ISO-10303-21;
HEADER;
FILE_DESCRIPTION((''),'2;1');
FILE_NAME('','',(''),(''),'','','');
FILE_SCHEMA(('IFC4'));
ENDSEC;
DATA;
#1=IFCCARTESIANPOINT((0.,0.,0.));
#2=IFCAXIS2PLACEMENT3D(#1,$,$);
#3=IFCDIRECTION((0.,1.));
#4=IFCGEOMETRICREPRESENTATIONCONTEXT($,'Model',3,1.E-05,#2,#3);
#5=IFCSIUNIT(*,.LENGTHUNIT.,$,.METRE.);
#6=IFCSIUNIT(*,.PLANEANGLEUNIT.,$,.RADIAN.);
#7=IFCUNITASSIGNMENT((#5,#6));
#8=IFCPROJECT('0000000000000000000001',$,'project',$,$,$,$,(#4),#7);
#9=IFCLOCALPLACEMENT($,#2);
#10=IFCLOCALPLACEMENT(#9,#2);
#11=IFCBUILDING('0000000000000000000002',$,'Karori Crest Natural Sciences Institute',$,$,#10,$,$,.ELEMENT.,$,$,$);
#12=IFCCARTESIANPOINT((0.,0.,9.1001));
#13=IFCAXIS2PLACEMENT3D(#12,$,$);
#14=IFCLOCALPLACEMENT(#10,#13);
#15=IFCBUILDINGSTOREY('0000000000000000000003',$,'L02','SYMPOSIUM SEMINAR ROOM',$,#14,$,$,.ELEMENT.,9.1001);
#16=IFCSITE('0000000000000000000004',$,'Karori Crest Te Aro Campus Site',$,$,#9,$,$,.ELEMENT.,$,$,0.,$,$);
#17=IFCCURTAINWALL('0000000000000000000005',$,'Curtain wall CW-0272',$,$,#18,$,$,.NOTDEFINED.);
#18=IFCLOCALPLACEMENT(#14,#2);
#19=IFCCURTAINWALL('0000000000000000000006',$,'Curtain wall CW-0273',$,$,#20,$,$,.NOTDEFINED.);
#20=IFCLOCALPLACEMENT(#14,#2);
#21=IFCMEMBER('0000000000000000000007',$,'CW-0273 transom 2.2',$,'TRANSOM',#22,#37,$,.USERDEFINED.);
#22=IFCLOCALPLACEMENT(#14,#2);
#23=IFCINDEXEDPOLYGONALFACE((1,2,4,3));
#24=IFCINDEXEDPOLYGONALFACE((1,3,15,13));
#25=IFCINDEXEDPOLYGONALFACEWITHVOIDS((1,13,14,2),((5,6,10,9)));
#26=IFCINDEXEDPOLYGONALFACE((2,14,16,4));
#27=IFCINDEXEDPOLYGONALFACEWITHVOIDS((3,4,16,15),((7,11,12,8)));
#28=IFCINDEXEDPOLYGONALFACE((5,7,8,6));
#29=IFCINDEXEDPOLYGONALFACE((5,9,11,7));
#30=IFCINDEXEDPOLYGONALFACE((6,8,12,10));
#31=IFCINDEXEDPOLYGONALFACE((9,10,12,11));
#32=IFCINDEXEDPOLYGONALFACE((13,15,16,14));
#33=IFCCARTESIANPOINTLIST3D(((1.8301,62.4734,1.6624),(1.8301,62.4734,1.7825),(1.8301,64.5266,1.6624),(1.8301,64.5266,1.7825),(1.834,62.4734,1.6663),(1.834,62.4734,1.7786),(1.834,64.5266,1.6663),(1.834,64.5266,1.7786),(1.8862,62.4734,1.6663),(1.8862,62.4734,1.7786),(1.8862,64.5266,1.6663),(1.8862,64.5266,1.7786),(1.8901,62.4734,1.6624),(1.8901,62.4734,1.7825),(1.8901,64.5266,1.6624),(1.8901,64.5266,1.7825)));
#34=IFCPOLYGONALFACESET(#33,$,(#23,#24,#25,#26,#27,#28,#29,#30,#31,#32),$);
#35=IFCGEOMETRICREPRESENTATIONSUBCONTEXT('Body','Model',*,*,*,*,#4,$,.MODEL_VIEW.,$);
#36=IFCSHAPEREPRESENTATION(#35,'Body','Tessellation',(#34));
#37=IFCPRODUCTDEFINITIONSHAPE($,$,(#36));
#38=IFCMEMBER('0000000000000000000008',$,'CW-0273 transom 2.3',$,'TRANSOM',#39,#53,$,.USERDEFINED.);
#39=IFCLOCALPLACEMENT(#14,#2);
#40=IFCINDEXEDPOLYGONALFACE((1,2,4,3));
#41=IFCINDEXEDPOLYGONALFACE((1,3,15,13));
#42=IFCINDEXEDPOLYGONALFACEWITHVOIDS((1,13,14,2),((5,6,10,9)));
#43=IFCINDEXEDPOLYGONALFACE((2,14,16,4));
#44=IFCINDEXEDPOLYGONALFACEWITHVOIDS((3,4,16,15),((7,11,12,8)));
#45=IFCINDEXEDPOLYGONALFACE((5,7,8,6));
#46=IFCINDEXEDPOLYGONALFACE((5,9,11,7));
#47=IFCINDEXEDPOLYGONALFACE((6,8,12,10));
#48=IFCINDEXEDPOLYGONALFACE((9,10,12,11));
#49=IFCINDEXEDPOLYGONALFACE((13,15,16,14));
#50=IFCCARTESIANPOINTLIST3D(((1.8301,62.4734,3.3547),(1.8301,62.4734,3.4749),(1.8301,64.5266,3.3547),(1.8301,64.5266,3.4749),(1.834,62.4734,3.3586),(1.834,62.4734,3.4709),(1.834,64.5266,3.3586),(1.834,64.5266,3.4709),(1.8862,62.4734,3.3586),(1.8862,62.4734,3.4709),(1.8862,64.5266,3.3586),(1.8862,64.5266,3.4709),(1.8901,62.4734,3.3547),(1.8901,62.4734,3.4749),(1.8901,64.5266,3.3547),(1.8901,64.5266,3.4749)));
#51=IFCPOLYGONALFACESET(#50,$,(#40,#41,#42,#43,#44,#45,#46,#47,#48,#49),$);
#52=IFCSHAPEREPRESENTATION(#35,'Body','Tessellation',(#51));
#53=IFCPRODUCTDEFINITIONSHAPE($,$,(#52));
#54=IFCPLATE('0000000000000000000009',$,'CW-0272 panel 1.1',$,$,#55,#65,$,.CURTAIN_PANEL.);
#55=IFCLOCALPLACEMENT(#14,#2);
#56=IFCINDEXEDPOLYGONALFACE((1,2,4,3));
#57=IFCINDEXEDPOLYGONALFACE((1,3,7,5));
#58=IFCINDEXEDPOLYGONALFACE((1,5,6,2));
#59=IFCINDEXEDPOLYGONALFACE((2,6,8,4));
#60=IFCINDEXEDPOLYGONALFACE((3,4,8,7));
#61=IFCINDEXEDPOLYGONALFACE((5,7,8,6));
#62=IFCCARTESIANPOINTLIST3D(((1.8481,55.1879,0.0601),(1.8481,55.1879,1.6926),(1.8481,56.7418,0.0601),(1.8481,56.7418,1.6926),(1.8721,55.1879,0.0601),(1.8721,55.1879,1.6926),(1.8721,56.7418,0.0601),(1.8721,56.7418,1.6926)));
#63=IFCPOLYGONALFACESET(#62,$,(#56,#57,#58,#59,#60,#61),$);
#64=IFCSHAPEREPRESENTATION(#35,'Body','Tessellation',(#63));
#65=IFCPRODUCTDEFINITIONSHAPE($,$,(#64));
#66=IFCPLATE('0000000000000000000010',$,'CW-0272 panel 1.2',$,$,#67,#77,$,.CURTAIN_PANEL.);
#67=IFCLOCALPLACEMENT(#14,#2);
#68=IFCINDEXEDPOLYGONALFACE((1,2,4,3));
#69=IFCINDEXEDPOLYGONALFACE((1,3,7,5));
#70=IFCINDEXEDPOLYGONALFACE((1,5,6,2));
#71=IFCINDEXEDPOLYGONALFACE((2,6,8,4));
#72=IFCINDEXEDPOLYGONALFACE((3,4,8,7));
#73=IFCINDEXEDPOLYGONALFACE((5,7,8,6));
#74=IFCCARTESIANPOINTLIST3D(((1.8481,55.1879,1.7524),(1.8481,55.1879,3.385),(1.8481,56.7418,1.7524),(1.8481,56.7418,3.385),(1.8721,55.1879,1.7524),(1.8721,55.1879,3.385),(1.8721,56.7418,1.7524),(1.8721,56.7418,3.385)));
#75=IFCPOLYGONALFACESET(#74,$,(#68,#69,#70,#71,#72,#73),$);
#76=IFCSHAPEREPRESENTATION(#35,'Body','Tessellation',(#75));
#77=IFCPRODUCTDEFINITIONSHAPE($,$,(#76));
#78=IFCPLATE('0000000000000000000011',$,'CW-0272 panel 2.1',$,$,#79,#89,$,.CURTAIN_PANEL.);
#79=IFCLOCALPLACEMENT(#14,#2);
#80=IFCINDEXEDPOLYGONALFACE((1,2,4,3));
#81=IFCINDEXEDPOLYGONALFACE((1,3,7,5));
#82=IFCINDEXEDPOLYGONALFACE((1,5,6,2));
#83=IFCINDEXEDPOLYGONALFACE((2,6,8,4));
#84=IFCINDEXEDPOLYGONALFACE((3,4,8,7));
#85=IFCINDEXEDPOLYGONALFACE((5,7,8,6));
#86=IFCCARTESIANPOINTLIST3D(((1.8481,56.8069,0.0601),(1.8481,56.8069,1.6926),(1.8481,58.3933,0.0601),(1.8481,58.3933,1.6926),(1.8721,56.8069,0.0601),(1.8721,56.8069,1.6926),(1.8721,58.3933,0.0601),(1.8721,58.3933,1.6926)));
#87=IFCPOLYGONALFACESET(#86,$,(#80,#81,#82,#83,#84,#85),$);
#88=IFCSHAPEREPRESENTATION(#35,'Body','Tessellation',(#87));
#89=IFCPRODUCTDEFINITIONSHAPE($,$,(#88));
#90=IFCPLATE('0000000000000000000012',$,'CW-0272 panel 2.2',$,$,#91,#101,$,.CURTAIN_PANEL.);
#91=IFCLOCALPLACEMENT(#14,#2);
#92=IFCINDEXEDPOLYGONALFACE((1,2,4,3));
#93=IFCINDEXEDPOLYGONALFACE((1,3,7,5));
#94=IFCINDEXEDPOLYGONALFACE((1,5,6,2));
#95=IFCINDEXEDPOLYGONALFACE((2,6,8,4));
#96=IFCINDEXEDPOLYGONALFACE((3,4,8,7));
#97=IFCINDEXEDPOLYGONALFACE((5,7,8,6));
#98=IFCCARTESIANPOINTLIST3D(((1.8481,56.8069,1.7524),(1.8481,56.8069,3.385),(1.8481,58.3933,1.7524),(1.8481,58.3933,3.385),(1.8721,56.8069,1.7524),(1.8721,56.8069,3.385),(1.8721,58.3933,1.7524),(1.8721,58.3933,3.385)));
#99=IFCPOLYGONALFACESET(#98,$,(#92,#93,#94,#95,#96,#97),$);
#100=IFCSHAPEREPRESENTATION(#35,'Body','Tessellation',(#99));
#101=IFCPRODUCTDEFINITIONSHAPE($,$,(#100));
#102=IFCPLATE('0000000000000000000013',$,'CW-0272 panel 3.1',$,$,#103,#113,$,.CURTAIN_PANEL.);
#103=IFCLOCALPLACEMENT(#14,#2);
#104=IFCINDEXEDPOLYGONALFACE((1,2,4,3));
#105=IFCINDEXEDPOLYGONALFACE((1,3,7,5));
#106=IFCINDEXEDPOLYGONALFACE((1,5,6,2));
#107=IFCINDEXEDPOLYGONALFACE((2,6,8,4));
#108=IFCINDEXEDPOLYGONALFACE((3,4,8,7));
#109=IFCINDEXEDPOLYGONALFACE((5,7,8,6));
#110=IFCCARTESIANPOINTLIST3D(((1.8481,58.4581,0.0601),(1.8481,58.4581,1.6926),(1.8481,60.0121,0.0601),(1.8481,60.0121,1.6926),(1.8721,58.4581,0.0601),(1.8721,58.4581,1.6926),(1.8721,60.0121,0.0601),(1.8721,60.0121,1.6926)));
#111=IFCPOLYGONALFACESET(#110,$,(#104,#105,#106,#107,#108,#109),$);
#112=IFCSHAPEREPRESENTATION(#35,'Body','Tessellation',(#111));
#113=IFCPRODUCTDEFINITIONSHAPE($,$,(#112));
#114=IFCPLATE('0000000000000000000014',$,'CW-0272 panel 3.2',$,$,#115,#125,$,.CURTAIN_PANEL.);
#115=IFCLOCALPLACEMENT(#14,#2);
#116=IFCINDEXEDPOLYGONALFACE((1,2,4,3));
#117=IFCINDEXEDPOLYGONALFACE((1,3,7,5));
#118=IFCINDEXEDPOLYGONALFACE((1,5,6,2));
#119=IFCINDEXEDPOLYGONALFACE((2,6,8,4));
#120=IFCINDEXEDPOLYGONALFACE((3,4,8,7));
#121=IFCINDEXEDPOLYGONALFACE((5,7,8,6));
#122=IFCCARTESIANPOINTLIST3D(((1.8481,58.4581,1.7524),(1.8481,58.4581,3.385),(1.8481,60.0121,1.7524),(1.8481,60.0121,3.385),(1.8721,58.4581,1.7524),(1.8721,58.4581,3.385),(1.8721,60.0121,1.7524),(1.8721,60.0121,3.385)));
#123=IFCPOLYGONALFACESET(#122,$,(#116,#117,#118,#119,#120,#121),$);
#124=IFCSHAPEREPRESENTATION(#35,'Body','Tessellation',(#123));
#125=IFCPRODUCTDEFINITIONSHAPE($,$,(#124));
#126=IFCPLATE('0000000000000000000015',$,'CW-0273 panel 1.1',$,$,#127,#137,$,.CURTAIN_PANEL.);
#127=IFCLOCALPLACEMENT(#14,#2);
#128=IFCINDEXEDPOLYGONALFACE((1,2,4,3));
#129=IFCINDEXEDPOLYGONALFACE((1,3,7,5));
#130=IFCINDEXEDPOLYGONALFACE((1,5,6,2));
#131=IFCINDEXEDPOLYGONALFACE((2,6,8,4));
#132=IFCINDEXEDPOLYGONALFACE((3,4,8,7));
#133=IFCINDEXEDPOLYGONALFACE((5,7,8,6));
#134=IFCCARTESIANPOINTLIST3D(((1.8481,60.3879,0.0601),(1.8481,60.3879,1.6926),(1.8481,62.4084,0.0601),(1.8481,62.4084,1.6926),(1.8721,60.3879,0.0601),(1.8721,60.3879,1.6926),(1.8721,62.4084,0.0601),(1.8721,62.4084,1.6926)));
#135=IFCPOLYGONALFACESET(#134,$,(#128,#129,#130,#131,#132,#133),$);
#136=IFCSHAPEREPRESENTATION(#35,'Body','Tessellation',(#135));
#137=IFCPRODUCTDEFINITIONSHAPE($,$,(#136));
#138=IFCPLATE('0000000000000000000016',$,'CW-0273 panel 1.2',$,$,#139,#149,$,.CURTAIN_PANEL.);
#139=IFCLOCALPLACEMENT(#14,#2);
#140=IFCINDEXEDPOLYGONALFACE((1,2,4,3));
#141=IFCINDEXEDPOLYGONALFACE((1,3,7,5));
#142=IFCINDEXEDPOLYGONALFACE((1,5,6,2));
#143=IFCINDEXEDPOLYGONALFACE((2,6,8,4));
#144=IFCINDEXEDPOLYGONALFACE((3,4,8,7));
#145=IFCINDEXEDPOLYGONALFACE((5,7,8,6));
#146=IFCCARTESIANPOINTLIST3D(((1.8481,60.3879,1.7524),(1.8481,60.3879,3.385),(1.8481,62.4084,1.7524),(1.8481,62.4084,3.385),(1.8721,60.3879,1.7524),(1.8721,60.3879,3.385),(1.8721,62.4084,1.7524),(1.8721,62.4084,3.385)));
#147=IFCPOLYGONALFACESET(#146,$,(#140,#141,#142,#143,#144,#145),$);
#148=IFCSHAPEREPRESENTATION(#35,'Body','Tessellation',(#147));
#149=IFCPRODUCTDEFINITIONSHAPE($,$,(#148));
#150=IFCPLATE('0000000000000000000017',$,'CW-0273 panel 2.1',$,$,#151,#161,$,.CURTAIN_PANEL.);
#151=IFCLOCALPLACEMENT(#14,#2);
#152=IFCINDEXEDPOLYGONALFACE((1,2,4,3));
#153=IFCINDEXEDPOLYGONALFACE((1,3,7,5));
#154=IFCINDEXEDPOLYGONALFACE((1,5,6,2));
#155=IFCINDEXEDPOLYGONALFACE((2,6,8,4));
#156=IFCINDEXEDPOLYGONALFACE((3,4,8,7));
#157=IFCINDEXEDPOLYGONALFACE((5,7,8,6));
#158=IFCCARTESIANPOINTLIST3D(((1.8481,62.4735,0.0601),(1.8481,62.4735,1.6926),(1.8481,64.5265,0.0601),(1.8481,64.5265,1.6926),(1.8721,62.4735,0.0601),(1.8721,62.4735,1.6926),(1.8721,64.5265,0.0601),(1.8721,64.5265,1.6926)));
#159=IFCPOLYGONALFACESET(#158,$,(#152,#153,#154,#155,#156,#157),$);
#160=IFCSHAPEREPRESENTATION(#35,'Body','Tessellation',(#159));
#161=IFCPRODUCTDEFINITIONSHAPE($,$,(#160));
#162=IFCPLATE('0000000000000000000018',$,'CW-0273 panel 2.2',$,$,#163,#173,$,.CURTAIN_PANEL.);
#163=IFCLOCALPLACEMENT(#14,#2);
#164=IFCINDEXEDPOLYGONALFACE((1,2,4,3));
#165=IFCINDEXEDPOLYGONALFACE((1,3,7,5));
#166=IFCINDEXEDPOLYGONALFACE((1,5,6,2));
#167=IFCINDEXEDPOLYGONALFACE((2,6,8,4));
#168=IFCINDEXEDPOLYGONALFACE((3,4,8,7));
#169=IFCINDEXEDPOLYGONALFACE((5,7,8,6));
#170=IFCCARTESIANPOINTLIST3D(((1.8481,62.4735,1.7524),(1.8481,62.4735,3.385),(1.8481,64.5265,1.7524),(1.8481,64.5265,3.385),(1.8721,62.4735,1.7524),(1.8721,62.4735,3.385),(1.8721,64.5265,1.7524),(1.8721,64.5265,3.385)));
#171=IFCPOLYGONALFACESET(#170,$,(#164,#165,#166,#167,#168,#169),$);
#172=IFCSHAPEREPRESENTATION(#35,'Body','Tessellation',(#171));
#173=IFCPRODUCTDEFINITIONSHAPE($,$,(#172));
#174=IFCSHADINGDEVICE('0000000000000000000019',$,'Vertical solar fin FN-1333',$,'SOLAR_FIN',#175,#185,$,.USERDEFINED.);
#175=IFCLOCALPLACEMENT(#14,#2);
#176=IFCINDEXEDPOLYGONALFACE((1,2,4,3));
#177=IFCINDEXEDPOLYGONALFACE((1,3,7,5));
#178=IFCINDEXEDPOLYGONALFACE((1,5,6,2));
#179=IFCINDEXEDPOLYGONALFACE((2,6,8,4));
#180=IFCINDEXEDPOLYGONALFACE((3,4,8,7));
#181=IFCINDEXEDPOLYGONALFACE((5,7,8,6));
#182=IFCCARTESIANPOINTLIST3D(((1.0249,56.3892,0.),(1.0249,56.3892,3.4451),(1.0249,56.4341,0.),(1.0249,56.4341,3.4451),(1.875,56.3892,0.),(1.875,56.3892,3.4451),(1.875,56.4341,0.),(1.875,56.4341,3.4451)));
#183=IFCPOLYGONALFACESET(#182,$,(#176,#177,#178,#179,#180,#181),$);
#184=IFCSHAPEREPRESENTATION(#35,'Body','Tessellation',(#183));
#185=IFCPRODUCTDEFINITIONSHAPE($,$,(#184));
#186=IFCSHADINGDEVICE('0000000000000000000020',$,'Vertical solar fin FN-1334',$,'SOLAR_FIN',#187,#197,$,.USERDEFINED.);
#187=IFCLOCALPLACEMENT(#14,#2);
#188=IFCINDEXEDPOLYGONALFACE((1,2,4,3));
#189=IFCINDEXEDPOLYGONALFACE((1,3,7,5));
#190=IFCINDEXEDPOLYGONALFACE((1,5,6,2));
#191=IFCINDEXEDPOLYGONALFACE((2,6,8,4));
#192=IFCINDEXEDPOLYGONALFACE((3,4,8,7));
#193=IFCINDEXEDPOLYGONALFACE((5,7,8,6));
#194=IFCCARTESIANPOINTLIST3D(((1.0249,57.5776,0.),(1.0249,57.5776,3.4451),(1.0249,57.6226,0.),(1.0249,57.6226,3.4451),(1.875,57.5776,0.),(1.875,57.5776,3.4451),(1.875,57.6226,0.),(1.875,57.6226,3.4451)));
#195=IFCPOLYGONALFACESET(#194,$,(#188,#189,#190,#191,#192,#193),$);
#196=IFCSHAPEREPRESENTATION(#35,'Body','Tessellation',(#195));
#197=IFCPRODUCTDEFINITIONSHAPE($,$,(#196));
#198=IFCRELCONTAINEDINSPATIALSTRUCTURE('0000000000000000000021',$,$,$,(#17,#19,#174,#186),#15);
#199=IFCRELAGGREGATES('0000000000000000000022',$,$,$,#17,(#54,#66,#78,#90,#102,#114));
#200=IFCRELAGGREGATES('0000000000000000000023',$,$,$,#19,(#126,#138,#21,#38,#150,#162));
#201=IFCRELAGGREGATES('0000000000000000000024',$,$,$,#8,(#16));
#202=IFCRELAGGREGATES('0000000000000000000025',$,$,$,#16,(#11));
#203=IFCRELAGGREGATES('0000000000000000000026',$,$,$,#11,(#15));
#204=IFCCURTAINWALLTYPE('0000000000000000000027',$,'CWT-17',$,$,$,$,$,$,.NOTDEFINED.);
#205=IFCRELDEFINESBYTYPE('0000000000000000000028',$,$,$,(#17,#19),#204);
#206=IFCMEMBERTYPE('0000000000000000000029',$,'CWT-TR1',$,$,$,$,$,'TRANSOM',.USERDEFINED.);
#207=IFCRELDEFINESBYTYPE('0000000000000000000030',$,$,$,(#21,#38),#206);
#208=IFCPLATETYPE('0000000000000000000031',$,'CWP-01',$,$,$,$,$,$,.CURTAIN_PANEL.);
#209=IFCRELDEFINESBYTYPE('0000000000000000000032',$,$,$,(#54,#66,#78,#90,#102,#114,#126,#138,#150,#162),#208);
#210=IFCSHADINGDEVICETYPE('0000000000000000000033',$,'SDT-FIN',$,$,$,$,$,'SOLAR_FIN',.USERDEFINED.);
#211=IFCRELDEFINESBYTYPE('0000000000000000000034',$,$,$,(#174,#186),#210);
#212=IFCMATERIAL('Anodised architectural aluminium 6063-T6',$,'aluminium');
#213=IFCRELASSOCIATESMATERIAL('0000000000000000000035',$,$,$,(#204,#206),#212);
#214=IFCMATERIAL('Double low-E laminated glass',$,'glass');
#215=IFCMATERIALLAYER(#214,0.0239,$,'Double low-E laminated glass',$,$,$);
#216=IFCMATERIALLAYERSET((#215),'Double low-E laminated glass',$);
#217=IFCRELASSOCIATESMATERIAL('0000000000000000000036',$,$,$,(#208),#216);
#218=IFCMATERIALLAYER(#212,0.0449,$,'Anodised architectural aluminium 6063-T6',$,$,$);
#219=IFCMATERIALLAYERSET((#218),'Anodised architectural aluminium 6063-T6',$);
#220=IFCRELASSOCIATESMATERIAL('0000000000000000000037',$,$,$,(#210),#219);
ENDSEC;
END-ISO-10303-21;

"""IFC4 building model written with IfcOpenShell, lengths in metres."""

from ifc_helpers import new_model, si_unit, direction, frame, origin, origin_2d, place, context, subcontext, project, spatial, rectangle, hollow_rectangle, extrude, material, layer, layer_set, material_profile, profile_set, type_object, element, aggregate, save


model = new_model("IFC4")

# Units and contexts
model_context = context("Model", 3, precision=1e-05, world=origin(), true_north=direction((0.0, 1.0)))
body_context = subcontext(model_context, "Body", "Model", "MODEL_VIEW")
ifc_project = project(units=[si_unit("LENGTHUNIT", "METRE"), si_unit("PLANEANGLEUNIT", "RADIAN")], contexts=[model_context])

# Site, building, storey
site_placement = place(None, origin())
site = spatial("IfcSite", under=ifc_project, at=site_placement, Name="Karori Crest Te Aro Campus Site", CompositionType="ELEMENT", RefElevation=0.0)
building_placement = place(site_placement, origin())
building = spatial("IfcBuilding", under=site, at=building_placement, Name="Karori Crest Natural Sciences Institute", CompositionType="ELEMENT")
storey_placement = place(building_placement, frame((0.0, 0.0, 9.1001)))
storey = spatial("IfcBuildingStorey", under=building, at=storey_placement, Name="L02", Description="SYMPOSIUM SEMINAR ROOM", CompositionType="ELEMENT", Elevation=9.1001)

# Curtain walls
ifc_material_1 = material(Name="Anodised architectural aluminium 6063-T6", Category="aluminium")
curtain_wall_type = type_object("IfcCurtainWallType", Name="CWT-17", PredefinedType="NOTDEFINED", material=ifc_material_1)
curtain_wall_1_placement = place(storey_placement, origin())
curtain_wall_1 = element("IfcCurtainWall", 1, at=curtain_wall_1_placement, inside=storey, type_object=curtain_wall_type, Name="Curtain wall CW-0272", PredefinedType="NOTDEFINED")
curtain_wall_2_placement = place(storey_placement, origin())
curtain_wall_2 = element("IfcCurtainWall", 2, at=curtain_wall_2_placement, inside=storey, type_object=curtain_wall_type, Name="Curtain wall CW-0273", PredefinedType="NOTDEFINED")

# Members
ifc_material_profile_1 = material_profile(ifc_material_1, hollow_rectangle(XDim=0.0601, YDim=0.1201, WallThickness=0.0039, at=origin_2d()), Name="CWT120x60x4")
ifc_profile_set_1 = profile_set([ifc_material_profile_1], Name="Anodised architectural aluminium 6063-T6")
member_type_1 = type_object("IfcMemberType", Name="CWT-TR1", ElementType="TRANSOM", PredefinedType="USERDEFINED", material=ifc_profile_set_1)
member_1_placement = place(storey_placement, frame((1.8601, 62.4734, 1.7224), z_axis=(0.0, 1.0, 0.0), x_axis=(-1.0, 0.0, 0.0)))
member_1 = element("IfcMember", 3, at=member_1_placement, type_object=member_type_1, Name="CW-0273 transom 2.2", ObjectType="TRANSOM", PredefinedType="USERDEFINED", context=body_context, shape_type="SweptSolid", body=[
    extrude(hollow_rectangle(XDim=0.0601, YDim=0.1201, WallThickness=0.0039, at=origin_2d()), origin(), (0.0, 0.0, 1.0), 2.0532),
])
member_2_placement = place(storey_placement, frame((1.8601, 62.4734, 3.4148), z_axis=(0.0, 1.0, 0.0), x_axis=(-1.0, 0.0, 0.0)))
member_2 = element("IfcMember", 4, at=member_2_placement, type_object=member_type_1, Name="CW-0273 transom 2.3", ObjectType="TRANSOM", PredefinedType="USERDEFINED", context=body_context, shape_type="SweptSolid", body=[
    extrude(hollow_rectangle(XDim=0.0601, YDim=0.1201, WallThickness=0.0039, at=origin_2d()), origin(), (0.0, 0.0, 1.0), 2.0532),
])

# Plates
ifc_material_2 = material(Name="Double low-E laminated glass", Category="glass")
ifc_layer_1 = layer(ifc_material_2, 0.0239, Name="Double low-E laminated glass")
ifc_layer_set_1 = layer_set([ifc_layer_1], Name="Double low-E laminated glass")
plate_type = type_object("IfcPlateType", Name="CWP-01", PredefinedType="CURTAIN_PANEL", material=ifc_layer_set_1)
plate_1_placement = place(storey_placement, frame((1.8601, 55.9648, 0.0601), z_axis=(0.0, 0.0, 1.0), x_axis=(0.0, 1.0, 0.0)))
plate_1 = element("IfcPlate", 5, at=plate_1_placement, type_object=plate_type, Name="CW-0272 panel 1.1", PredefinedType="CURTAIN_PANEL", context=body_context, shape_type="SweptSolid", body=[
    extrude(rectangle(XDim=1.554, YDim=0.0239, at=origin_2d()), origin(), (0.0, 0.0, 1.0), 1.6326),
])
plate_2_placement = place(storey_placement, frame((1.8601, 55.9648, 1.7524), z_axis=(0.0, 0.0, 1.0), x_axis=(0.0, 1.0, 0.0)))
plate_2 = element("IfcPlate", 6, at=plate_2_placement, type_object=plate_type, Name="CW-0272 panel 1.2", PredefinedType="CURTAIN_PANEL", context=body_context, shape_type="SweptSolid", body=[
    extrude(rectangle(XDim=1.554, YDim=0.0239, at=origin_2d()), origin(), (0.0, 0.0, 1.0), 1.6326),
])
plate_3_placement = place(storey_placement, frame((1.8601, 57.6001, 0.0601), z_axis=(0.0, 0.0, 1.0), x_axis=(0.0, 1.0, 0.0)))
plate_3 = element("IfcPlate", 7, at=plate_3_placement, type_object=plate_type, Name="CW-0272 panel 2.1", PredefinedType="CURTAIN_PANEL", context=body_context, shape_type="SweptSolid", body=[
    extrude(rectangle(XDim=1.5864, YDim=0.0239, at=origin_2d()), origin(), (0.0, 0.0, 1.0), 1.6326),
])
plate_4_placement = place(storey_placement, frame((1.8601, 57.6001, 1.7524), z_axis=(0.0, 0.0, 1.0), x_axis=(0.0, 1.0, 0.0)))
plate_4 = element("IfcPlate", 8, at=plate_4_placement, type_object=plate_type, Name="CW-0272 panel 2.2", PredefinedType="CURTAIN_PANEL", context=body_context, shape_type="SweptSolid", body=[
    extrude(rectangle(XDim=1.5864, YDim=0.0239, at=origin_2d()), origin(), (0.0, 0.0, 1.0), 1.6326),
])
plate_5_placement = place(storey_placement, frame((1.8601, 59.2351, 0.0601), z_axis=(0.0, 0.0, 1.0), x_axis=(0.0, 1.0, 0.0)))
plate_5 = element("IfcPlate", 9, at=plate_5_placement, type_object=plate_type, Name="CW-0272 panel 3.1", PredefinedType="CURTAIN_PANEL", context=body_context, shape_type="SweptSolid", body=[
    extrude(rectangle(XDim=1.554, YDim=0.0239, at=origin_2d()), origin(), (0.0, 0.0, 1.0), 1.6326),
])
plate_6_placement = place(storey_placement, frame((1.8601, 59.2351, 1.7524), z_axis=(0.0, 0.0, 1.0), x_axis=(0.0, 1.0, 0.0)))
plate_6 = element("IfcPlate", 10, at=plate_6_placement, type_object=plate_type, Name="CW-0272 panel 3.2", PredefinedType="CURTAIN_PANEL", context=body_context, shape_type="SweptSolid", body=[
    extrude(rectangle(XDim=1.554, YDim=0.0239, at=origin_2d()), origin(), (0.0, 0.0, 1.0), 1.6326),
])
aggregate(curtain_wall_1, [plate_1, plate_2, plate_3, plate_4, plate_5, plate_6])
plate_7_placement = place(storey_placement, frame((1.8601, 61.3982, 0.0601), z_axis=(0.0, 0.0, 1.0), x_axis=(0.0, 1.0, 0.0)))
plate_7 = element("IfcPlate", 11, at=plate_7_placement, type_object=plate_type, Name="CW-0273 panel 1.1", PredefinedType="CURTAIN_PANEL", context=body_context, shape_type="SweptSolid", body=[
    extrude(rectangle(XDim=2.0205, YDim=0.0239, at=origin_2d()), origin(), (0.0, 0.0, 1.0), 1.6326),
])
plate_8_placement = place(storey_placement, frame((1.8601, 61.3982, 1.7524), z_axis=(0.0, 0.0, 1.0), x_axis=(0.0, 1.0, 0.0)))
plate_8 = element("IfcPlate", 12, at=plate_8_placement, type_object=plate_type, Name="CW-0273 panel 1.2", PredefinedType="CURTAIN_PANEL", context=body_context, shape_type="SweptSolid", body=[
    extrude(rectangle(XDim=2.0205, YDim=0.0239, at=origin_2d()), origin(), (0.0, 0.0, 1.0), 1.6326),
])
plate_9_placement = place(storey_placement, frame((1.8601, 63.5, 0.0601), z_axis=(0.0, 0.0, 1.0), x_axis=(0.0, 1.0, 0.0)))
plate_9 = element("IfcPlate", 13, at=plate_9_placement, type_object=plate_type, Name="CW-0273 panel 2.1", PredefinedType="CURTAIN_PANEL", context=body_context, shape_type="SweptSolid", body=[
    extrude(rectangle(XDim=2.053, YDim=0.0239, at=origin_2d()), origin(), (0.0, 0.0, 1.0), 1.6326),
])
plate_10_placement = place(storey_placement, frame((1.8601, 63.5, 1.7524), z_axis=(0.0, 0.0, 1.0), x_axis=(0.0, 1.0, 0.0)))
plate_10 = element("IfcPlate", 14, at=plate_10_placement, type_object=plate_type, Name="CW-0273 panel 2.2", PredefinedType="CURTAIN_PANEL", context=body_context, shape_type="SweptSolid", body=[
    extrude(rectangle(XDim=2.053, YDim=0.0239, at=origin_2d()), origin(), (0.0, 0.0, 1.0), 1.6326),
])
aggregate(curtain_wall_2, [plate_7, plate_8, member_1, member_2, plate_9, plate_10])

# Shading devices
ifc_layer_2 = layer(ifc_material_1, 0.0449, Name="Anodised architectural aluminium 6063-T6")
ifc_layer_set_2 = layer_set([ifc_layer_2], Name="Anodised architectural aluminium 6063-T6")
shading_device_type = type_object("IfcShadingDeviceType", Name="SDT-FIN", ElementType="SOLAR_FIN", PredefinedType="USERDEFINED", material=ifc_layer_set_2)
for number, where, z_axis, x_axis, name in (
    (15, (1.45, 56.4116, 0.0), (0.0, 0.0, 1.0), (-1.0, 0.0, 0.0), "Vertical solar fin FN-1333"),
    (16, (1.45, 57.6001, 0.0), (0.0, 0.0, 1.0), (-1.0, 0.0, 0.0), "Vertical solar fin FN-1334"),
):
    element("IfcShadingDevice", number, at=place(storey_placement, frame(where, z_axis=z_axis, x_axis=x_axis)), inside=storey, type_object=shading_device_type, Name=name, ObjectType="SOLAR_FIN", PredefinedType="USERDEFINED", context=body_context, shape_type="SweptSolid", body=[
        extrude(rectangle(XDim=0.8501, YDim=0.0449, at=origin_2d()), origin(), (0.0, 0.0, 1.0), 3.4451),
    ])

save(model, "model.ifc")
